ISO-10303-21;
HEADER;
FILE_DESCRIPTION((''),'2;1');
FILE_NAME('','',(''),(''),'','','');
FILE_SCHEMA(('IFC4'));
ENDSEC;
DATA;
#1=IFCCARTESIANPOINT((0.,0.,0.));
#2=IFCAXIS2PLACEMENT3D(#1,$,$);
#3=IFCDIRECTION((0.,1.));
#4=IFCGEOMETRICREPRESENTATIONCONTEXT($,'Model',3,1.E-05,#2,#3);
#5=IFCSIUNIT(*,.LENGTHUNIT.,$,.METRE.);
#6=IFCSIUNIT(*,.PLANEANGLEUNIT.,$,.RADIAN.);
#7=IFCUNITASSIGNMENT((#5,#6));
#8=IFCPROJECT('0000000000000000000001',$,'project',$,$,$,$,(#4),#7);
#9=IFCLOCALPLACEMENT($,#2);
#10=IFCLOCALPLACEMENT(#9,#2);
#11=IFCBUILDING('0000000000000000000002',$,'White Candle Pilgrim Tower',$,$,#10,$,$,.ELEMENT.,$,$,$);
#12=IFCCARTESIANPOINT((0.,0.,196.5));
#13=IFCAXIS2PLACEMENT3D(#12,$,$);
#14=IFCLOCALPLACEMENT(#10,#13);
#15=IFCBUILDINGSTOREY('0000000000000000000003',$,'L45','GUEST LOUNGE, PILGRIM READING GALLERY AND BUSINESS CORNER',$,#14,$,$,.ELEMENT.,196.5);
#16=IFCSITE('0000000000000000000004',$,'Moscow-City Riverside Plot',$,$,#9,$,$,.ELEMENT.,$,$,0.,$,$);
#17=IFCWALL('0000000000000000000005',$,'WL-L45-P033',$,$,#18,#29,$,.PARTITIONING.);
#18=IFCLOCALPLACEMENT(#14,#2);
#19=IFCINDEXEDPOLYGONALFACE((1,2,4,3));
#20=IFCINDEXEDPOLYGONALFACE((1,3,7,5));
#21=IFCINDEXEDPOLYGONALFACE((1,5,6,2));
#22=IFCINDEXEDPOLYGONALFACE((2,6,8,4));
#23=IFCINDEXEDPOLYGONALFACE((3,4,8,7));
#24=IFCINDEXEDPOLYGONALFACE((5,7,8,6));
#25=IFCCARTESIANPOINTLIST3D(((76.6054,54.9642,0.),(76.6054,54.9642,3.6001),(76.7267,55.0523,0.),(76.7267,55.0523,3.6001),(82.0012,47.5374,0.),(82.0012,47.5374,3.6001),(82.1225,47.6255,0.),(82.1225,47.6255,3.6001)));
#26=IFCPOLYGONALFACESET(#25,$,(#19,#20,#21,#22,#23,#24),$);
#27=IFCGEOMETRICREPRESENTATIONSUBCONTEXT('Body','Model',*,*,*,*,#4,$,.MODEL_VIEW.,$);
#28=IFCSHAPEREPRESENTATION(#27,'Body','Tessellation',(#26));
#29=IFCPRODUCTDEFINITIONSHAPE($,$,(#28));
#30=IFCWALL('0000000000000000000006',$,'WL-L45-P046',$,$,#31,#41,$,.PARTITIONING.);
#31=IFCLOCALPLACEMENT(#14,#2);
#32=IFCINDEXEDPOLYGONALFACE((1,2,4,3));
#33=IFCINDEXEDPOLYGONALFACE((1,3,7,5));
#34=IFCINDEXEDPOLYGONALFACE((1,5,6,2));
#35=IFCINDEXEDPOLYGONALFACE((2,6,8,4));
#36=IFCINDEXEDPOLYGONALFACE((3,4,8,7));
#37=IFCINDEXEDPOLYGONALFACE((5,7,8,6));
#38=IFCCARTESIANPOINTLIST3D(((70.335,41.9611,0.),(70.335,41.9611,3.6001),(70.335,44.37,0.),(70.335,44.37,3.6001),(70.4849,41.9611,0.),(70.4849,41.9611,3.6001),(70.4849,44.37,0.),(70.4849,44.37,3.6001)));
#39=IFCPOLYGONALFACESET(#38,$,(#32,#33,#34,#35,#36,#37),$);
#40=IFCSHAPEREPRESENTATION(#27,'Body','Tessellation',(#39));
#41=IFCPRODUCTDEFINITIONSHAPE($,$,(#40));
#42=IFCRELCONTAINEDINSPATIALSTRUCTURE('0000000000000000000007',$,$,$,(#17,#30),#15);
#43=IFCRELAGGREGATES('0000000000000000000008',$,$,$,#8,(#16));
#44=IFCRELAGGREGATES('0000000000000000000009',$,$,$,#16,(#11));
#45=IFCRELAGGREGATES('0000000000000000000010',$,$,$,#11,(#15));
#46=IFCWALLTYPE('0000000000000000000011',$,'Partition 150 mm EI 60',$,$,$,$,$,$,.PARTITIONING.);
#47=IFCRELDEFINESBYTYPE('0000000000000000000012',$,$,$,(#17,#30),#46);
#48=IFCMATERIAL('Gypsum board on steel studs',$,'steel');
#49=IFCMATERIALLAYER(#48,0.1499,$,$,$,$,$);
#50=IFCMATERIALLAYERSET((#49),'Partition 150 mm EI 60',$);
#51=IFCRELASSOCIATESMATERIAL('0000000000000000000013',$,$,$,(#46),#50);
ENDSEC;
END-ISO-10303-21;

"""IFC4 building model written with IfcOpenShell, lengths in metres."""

from ifc_helpers import new_model, si_unit, direction, frame, frame_2d, origin, place, context, subcontext, project, spatial, rectangle, extrude, material, layer, layer_set, type_object, element, save


model = new_model("IFC4")

# Units and contexts
model_context = context("Model", 3, precision=1e-05, world=origin(), true_north=direction((0.0, 1.0)))
body_context = subcontext(model_context, "Body", "Model", "MODEL_VIEW")
ifc_project = project(units=[si_unit("LENGTHUNIT", "METRE"), si_unit("PLANEANGLEUNIT", "RADIAN")], contexts=[model_context])

# Site, building, storey
site_placement = place(None, origin())
site = spatial("IfcSite", under=ifc_project, at=site_placement, Name="Moscow-City Riverside Plot", CompositionType="ELEMENT", RefElevation=0.0)
building_placement = place(site_placement, origin())
building = spatial("IfcBuilding", under=site, at=building_placement, Name="White Candle Pilgrim Tower", CompositionType="ELEMENT")
storey_placement = place(building_placement, frame((0.0, 0.0, 196.5)))
storey = spatial("IfcBuildingStorey", under=building, at=storey_placement, Name="L45", Description="GUEST LOUNGE, PILGRIM READING GALLERY AND BUSINESS CORNER", CompositionType="ELEMENT", Elevation=196.5)

# Shared definitions
ifc_material_1 = material(Name="Gypsum board on steel studs", Category="steel")

# Walls
ifc_layer_1 = layer(ifc_material_1, 0.1499)
ifc_layer_set_1 = layer_set([ifc_layer_1], Name="Partition 150 mm EI 60")
wall_type_1 = type_object("IfcWallType", Name="Partition 150 mm EI 60", PredefinedType="PARTITIONING", material=ifc_layer_set_1)
wall_1_placement = place(storey_placement, frame((82.0618, 47.5815, 0.0), z_axis=(0.0, 0.0, 1.0), x_axis=(-0.587778, 0.809022, 0.0)))
element("IfcWall", 1, at=wall_1_placement, inside=storey, type_object=wall_type_1, Name="WL-L45-P033", PredefinedType="PARTITIONING", context=body_context, shape_type="SweptSolid", body=[
    extrude(rectangle(XDim=9.1799, YDim=0.1499, at=frame_2d((4.5898, 0.0))), origin(), (0.0, 0.0, 1.0), 3.6001),
])
wall_2_placement = place(storey_placement, frame((70.4099, 44.3701, 0.0), z_axis=(0.0, 0.0, 1.0), x_axis=(0.0, -1.0, 0.0)))
element("IfcWall", 2, at=wall_2_placement, inside=storey, type_object=wall_type_1, Name="WL-L45-P046", PredefinedType="PARTITIONING", context=body_context, shape_type="SweptSolid", body=[
    extrude(rectangle(XDim=2.4089, YDim=0.1499, at=frame_2d((1.2046, 0.0))), origin(), (0.0, 0.0, 1.0), 3.6001),
])

save(model, "model.ifc")
